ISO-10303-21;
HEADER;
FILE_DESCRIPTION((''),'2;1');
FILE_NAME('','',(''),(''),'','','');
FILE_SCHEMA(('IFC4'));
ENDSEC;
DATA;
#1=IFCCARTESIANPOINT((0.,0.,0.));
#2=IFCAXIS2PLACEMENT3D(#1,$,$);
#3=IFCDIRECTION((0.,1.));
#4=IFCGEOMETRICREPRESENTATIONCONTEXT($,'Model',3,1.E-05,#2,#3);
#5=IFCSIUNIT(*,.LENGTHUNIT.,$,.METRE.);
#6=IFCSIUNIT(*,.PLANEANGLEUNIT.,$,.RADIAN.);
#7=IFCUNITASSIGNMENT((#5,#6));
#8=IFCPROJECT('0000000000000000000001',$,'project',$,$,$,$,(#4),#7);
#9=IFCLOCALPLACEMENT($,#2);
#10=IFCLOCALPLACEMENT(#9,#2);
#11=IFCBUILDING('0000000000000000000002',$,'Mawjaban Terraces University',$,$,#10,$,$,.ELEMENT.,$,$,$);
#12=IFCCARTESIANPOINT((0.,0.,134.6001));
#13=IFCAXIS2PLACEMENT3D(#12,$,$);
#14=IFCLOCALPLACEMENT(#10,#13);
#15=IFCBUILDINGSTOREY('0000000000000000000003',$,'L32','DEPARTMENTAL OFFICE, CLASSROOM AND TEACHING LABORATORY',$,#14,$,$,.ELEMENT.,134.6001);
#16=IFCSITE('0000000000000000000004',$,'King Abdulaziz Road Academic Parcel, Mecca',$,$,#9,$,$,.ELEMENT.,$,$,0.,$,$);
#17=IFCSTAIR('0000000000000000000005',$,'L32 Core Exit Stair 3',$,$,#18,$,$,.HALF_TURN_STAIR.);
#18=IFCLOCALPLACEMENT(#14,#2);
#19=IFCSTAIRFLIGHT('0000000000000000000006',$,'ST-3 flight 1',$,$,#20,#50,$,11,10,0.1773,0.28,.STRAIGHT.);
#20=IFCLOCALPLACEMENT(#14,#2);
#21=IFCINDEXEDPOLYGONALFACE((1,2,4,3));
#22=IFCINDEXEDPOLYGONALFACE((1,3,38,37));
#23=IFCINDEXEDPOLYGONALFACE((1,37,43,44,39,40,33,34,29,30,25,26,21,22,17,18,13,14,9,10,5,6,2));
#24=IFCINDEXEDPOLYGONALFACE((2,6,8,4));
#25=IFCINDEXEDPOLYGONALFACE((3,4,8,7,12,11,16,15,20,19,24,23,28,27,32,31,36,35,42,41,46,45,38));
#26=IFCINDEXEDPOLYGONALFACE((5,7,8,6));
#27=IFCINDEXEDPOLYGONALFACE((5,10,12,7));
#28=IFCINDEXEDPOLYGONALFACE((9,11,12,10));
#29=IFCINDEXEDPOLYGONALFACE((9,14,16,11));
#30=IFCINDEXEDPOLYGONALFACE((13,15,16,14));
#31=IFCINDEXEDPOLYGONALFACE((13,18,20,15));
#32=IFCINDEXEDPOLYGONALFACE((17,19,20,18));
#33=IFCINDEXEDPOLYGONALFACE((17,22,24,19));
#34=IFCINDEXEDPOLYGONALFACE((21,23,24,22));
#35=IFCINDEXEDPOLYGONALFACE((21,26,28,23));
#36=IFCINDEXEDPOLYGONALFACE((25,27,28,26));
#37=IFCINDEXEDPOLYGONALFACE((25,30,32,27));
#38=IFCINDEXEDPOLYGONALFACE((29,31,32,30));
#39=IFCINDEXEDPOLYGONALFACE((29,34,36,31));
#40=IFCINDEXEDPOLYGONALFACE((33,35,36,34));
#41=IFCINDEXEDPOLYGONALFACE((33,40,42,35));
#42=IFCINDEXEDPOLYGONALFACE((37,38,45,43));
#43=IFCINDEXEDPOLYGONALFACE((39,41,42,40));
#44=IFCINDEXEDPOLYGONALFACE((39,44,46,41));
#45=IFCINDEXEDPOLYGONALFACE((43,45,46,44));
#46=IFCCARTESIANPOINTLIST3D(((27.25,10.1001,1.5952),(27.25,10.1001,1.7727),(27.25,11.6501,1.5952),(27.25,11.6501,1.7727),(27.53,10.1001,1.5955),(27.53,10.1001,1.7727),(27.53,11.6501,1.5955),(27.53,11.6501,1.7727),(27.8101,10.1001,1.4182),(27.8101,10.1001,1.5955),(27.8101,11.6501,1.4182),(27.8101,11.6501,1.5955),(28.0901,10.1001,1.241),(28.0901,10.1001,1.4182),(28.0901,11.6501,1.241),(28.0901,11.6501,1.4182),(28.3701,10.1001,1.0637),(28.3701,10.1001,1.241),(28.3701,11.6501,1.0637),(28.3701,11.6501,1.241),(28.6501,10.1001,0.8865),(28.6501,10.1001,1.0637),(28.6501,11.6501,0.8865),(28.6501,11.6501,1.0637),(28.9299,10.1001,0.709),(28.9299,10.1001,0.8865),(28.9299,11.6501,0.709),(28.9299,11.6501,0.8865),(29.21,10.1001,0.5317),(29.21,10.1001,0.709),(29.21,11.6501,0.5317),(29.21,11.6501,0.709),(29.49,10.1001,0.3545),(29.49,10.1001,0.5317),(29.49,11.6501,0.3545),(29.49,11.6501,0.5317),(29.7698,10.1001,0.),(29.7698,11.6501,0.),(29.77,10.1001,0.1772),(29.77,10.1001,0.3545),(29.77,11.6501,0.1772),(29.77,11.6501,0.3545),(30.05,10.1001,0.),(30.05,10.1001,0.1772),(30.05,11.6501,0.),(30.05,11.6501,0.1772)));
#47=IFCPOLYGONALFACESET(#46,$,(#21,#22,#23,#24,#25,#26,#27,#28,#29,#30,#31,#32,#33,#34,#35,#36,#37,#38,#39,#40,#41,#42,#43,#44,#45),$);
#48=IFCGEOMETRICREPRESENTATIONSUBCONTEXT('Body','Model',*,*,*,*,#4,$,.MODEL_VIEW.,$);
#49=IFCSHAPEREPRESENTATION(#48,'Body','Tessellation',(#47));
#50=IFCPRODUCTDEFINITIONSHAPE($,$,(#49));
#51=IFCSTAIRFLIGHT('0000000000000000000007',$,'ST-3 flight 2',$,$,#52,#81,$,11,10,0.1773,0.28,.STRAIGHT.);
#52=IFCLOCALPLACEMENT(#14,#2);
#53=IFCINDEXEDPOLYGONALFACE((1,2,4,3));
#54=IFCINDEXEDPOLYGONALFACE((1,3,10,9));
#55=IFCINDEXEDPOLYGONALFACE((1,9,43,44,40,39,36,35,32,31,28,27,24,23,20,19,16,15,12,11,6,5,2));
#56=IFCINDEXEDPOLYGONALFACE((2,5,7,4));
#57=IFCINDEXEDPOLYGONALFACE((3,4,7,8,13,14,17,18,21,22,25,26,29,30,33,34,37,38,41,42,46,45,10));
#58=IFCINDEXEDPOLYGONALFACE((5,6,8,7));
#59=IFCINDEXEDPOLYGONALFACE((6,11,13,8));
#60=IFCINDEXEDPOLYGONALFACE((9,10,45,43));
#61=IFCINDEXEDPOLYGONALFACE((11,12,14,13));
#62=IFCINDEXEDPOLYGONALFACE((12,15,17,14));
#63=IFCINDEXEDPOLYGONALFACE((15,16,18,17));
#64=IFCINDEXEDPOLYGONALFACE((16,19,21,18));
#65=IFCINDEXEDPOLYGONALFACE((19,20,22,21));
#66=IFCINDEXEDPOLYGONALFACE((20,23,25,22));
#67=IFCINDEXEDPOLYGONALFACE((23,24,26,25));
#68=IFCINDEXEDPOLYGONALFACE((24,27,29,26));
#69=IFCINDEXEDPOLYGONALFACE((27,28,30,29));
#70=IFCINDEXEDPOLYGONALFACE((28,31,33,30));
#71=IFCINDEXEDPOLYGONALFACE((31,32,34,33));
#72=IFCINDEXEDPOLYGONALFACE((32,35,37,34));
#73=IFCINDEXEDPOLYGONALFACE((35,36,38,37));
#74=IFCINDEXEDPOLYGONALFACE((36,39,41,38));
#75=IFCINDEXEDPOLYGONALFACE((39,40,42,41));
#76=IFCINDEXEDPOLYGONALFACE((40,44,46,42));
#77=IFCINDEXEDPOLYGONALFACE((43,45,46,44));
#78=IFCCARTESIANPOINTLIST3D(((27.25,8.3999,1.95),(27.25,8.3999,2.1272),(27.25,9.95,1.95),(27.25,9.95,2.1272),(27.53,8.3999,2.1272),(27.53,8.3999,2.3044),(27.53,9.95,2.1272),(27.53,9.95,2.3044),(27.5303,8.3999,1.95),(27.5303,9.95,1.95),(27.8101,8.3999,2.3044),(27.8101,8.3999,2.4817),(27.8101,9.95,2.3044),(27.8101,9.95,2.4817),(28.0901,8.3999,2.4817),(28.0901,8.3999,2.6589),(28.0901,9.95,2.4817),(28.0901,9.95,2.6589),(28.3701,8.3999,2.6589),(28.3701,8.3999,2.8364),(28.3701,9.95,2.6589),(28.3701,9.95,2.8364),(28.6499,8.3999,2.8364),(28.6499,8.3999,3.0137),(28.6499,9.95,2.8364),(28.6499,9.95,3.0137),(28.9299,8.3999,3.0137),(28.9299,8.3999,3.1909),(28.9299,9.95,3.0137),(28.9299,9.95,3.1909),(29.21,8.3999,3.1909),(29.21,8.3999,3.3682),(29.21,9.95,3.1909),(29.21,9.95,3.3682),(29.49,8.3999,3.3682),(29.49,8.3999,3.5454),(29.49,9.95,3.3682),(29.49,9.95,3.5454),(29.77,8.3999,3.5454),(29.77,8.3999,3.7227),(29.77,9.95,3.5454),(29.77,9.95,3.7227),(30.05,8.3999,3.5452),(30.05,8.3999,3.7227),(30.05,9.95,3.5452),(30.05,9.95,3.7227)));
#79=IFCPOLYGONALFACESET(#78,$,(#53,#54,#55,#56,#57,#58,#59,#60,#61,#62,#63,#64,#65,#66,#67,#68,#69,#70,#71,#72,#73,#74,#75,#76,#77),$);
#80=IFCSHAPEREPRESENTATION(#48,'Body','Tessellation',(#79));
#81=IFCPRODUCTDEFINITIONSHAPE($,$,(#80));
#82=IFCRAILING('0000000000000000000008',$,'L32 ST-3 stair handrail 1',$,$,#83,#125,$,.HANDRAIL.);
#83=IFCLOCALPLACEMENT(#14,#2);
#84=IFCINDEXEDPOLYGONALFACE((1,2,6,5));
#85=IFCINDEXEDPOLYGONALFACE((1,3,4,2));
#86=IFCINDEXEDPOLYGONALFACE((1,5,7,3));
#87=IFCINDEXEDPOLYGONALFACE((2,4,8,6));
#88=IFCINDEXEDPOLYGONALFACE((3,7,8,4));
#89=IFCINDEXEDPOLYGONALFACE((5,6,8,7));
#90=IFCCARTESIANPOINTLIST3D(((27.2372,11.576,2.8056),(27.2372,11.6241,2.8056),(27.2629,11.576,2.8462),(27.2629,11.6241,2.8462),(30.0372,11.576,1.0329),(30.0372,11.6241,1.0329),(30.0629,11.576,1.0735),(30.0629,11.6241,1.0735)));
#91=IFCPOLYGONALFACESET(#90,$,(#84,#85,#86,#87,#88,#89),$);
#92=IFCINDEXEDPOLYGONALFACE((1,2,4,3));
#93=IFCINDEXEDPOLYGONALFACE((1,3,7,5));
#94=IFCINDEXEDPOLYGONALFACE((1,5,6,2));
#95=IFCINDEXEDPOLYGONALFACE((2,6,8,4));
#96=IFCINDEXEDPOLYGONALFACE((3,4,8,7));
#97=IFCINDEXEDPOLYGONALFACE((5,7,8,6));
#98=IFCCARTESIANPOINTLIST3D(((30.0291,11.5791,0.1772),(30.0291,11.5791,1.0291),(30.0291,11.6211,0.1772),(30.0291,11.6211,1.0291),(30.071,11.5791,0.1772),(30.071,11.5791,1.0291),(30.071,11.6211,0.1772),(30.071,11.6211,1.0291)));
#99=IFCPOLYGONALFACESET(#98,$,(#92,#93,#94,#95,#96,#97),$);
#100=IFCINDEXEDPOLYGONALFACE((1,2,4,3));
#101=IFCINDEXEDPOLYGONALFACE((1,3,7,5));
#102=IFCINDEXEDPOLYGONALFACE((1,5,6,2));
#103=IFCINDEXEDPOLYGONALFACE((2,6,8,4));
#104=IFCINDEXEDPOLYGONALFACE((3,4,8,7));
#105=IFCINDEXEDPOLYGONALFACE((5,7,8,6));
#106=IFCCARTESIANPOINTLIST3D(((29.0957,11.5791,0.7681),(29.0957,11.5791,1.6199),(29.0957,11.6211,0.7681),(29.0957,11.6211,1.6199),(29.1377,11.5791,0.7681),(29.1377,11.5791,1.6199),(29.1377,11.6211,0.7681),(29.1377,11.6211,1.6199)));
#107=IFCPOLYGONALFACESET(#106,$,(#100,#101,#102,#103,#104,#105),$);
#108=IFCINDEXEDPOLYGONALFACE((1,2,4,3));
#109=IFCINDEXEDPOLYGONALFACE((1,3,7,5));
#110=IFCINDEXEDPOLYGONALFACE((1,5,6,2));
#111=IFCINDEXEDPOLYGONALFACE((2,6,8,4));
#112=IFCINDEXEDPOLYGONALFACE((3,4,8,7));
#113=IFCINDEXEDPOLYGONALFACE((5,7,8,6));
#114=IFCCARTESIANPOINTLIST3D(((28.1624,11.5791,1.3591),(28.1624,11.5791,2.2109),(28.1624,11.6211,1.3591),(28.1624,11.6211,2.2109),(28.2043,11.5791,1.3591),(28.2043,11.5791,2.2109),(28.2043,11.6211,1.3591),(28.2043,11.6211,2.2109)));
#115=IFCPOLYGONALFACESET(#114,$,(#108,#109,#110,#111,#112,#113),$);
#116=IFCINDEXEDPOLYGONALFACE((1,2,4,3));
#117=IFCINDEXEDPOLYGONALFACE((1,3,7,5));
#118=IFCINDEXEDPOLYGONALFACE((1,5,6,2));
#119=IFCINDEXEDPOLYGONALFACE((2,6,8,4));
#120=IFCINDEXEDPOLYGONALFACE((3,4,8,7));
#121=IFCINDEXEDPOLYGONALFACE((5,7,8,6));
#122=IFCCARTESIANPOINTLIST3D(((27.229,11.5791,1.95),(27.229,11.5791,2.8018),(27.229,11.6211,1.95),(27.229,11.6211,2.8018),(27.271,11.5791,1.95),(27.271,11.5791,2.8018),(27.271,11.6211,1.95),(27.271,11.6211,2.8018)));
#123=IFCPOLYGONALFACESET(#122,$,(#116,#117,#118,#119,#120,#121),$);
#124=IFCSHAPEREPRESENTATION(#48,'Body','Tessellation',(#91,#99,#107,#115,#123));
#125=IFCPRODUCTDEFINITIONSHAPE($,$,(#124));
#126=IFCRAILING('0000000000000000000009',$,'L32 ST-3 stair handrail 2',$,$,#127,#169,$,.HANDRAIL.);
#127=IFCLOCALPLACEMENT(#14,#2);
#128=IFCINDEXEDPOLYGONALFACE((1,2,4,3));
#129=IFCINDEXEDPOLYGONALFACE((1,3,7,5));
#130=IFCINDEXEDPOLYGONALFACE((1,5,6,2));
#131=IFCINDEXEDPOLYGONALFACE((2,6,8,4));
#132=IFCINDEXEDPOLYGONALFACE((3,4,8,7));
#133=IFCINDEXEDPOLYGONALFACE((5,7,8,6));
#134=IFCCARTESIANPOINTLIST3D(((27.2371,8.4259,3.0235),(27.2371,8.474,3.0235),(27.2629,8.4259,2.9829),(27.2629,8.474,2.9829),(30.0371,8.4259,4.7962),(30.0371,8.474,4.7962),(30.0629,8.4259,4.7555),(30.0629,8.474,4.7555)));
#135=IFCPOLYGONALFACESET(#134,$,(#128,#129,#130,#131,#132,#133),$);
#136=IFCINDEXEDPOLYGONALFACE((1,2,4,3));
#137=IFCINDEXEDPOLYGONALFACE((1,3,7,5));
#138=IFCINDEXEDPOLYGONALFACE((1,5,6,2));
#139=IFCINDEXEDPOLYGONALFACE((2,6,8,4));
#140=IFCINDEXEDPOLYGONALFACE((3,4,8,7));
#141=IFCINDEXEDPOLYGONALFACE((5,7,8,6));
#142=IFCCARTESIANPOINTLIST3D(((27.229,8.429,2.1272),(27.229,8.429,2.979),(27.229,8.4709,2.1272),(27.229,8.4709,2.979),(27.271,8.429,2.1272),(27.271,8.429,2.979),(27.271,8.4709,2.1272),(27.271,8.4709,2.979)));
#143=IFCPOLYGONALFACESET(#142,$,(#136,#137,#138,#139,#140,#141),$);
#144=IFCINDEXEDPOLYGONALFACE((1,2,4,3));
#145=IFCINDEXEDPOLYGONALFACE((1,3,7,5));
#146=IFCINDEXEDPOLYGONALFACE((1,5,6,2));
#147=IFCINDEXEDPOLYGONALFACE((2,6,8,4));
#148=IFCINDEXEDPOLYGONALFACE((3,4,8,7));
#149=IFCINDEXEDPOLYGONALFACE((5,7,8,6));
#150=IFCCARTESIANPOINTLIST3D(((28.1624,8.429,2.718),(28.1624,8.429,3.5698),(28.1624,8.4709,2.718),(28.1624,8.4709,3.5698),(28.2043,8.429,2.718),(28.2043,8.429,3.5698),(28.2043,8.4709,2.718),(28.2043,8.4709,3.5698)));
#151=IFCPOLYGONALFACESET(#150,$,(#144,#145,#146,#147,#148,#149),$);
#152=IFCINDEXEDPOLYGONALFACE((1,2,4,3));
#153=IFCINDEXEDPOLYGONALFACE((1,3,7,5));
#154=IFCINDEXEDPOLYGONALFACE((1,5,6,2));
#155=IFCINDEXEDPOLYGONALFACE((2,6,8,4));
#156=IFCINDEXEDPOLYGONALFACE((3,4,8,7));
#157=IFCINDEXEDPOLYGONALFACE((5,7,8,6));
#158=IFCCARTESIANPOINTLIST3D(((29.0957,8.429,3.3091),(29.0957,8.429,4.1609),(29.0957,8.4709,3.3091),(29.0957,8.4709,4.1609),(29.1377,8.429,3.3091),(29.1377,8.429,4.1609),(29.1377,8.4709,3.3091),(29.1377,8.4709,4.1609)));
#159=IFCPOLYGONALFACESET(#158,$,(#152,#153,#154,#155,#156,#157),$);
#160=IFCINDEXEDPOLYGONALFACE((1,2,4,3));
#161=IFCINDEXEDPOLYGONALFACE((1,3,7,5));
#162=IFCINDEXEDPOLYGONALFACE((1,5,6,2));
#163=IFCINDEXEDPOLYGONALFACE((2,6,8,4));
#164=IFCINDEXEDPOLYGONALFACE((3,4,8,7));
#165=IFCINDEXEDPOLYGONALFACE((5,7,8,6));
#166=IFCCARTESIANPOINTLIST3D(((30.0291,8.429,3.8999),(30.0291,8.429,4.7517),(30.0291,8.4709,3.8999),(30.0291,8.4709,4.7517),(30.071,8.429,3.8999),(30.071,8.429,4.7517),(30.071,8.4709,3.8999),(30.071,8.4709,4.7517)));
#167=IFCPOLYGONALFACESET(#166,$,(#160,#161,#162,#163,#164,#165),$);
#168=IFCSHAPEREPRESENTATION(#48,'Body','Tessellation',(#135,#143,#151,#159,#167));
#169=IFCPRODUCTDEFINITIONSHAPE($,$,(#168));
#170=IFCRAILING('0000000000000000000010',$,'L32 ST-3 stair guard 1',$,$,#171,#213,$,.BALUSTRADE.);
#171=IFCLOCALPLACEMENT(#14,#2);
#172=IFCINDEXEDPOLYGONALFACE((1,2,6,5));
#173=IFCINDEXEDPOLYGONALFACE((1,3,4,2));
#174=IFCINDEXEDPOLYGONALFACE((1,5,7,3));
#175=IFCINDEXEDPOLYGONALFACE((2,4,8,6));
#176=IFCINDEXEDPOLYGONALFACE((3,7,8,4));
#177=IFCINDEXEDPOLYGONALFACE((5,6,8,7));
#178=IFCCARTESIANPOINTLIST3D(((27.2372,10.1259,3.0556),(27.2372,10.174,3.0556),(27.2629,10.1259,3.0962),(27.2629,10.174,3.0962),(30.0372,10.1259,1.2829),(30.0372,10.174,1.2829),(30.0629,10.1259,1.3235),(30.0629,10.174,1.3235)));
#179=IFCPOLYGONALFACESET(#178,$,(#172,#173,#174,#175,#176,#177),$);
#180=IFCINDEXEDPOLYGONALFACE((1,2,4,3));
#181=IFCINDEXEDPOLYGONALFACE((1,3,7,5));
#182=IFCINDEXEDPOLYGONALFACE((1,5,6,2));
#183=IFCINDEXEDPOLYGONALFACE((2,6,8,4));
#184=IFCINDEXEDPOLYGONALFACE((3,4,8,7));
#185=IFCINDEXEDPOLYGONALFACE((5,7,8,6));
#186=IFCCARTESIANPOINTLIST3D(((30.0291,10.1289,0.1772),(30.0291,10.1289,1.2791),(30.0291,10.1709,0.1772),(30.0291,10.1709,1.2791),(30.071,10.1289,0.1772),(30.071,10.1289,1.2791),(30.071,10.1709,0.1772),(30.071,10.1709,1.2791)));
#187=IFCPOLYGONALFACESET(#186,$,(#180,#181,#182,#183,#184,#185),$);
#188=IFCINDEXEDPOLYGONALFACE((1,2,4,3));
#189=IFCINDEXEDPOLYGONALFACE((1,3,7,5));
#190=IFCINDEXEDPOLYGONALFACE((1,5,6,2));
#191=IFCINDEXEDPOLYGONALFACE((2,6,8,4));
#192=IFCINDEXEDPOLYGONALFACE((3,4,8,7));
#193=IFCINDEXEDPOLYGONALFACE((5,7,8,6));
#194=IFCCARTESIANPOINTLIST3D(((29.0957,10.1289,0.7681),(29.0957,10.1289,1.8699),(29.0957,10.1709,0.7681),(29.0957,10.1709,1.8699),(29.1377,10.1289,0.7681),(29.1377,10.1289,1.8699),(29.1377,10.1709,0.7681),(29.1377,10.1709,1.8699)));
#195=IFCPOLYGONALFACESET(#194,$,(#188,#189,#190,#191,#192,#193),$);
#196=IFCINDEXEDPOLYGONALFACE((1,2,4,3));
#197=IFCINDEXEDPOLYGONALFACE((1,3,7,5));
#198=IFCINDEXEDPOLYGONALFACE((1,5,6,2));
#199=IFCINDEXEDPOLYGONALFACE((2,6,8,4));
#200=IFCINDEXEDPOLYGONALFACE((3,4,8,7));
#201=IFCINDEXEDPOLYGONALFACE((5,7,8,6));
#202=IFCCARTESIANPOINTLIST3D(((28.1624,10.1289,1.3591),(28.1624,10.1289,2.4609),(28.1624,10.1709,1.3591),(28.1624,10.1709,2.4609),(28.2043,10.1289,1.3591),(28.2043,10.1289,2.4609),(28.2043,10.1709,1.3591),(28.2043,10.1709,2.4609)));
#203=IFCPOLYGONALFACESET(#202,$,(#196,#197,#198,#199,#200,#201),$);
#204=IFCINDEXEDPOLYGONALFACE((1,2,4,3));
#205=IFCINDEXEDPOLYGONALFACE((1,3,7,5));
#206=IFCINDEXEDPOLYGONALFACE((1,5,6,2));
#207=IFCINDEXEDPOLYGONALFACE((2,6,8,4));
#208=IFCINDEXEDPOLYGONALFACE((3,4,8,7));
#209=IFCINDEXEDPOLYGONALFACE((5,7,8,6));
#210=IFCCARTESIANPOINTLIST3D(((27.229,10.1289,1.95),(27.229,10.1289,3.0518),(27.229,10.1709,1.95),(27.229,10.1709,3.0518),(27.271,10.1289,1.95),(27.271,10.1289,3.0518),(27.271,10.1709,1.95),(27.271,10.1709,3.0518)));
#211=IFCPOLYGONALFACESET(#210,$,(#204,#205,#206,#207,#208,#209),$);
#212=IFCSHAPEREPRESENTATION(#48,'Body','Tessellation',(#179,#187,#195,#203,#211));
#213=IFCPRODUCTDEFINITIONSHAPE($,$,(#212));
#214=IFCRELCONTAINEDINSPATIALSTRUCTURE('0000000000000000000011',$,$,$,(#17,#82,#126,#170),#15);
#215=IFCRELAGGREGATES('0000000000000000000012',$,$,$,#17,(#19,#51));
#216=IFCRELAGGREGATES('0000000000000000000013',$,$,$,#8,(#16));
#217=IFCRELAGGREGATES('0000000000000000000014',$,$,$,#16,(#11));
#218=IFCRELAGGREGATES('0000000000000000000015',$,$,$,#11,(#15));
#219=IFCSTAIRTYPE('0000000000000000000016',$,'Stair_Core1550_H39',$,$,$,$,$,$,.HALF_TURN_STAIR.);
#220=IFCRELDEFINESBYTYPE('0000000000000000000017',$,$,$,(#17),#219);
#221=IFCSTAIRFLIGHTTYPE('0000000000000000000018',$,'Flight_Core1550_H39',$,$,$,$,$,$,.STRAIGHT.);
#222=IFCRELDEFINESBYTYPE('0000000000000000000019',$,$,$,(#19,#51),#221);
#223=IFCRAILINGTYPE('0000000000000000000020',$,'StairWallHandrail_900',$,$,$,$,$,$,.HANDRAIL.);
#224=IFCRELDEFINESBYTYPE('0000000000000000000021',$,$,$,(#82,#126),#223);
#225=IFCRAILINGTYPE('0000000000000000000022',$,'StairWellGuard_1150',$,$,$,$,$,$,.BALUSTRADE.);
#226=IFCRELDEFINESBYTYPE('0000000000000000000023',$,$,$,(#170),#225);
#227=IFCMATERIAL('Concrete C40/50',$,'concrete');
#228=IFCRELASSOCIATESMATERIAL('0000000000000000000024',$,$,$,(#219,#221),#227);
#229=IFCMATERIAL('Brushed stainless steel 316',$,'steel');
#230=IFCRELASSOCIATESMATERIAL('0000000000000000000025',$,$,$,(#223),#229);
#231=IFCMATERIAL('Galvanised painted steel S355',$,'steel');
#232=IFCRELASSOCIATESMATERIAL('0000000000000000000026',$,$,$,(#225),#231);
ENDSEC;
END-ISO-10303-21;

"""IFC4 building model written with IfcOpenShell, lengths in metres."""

from ifc_helpers import new_model, si_unit, direction, frame, origin, origin_2d, place, context, subcontext, project, spatial, polyline, rectangle, outline, extrude, material, type_object, element, aggregate, save


model = new_model("IFC4")

# Units and contexts
model_context = context("Model", 3, precision=1e-05, world=origin(), true_north=direction((0.0, 1.0)))
body_context = subcontext(model_context, "Body", "Model", "MODEL_VIEW")
ifc_project = project(units=[si_unit("LENGTHUNIT", "METRE"), si_unit("PLANEANGLEUNIT", "RADIAN")], contexts=[model_context])

# Site, building, storey
site_placement = place(None, origin())
site = spatial("IfcSite", under=ifc_project, at=site_placement, Name="King Abdulaziz Road Academic Parcel, Mecca", CompositionType="ELEMENT", RefElevation=0.0)
building_placement = place(site_placement, origin())
building = spatial("IfcBuilding", under=site, at=building_placement, Name="Mawjaban Terraces University", CompositionType="ELEMENT")
storey_placement = place(building_placement, frame((0.0, 0.0, 134.6001)))
storey = spatial("IfcBuildingStorey", under=building, at=storey_placement, Name="L32", Description="DEPARTMENTAL OFFICE, CLASSROOM AND TEACHING LABORATORY", CompositionType="ELEMENT", Elevation=134.6001)

# Shared definitions
ifc_material_1 = material(Name="Concrete C40/50", Category="concrete")

# Stair, stair flights
stair_type = type_object("IfcStairType", Name="Stair_Core1550_H39", PredefinedType="HALF_TURN_STAIR", material=ifc_material_1)
stair_placement = place(storey_placement, origin())
stair = element("IfcStair", 1, at=stair_placement, inside=storey, type_object=stair_type, Name="L32 Core Exit Stair 3", PredefinedType="HALF_TURN_STAIR")
stair_flight_type = type_object("IfcStairFlightType", Name="Flight_Core1550_H39", PredefinedType="STRAIGHT", material=ifc_material_1)
stair_flight_1_placement = place(storey_placement, frame((30.05, 10.875, 0.0), z_axis=(0.0, 0.0, 1.0), x_axis=(-1.0, 0.0, 0.0)))
stair_flight_1 = element("IfcStairFlight", 2, at=stair_flight_1_placement, type_object=stair_flight_type, Name="ST-3 flight 1", NumberOfRisers=11, NumberOfTreads=10, PredefinedType="STRAIGHT", RiserHeight=0.1773, TreadLength=0.28, context=body_context, shape_type="SweptSolid", body=[
    extrude(outline(polyline([(0.0, 0.0), (0.0, 0.1772), (0.28, 0.1772), (0.28, 0.3545), (0.5601, 0.3545), (0.5601, 0.5317), (0.8401, 0.5317), (0.8401, 0.709), (1.1201, 0.709), (1.1201, 0.8865), (1.3999, 0.8865), (1.3999, 1.0637), (1.6799, 1.0637), (1.6799, 1.241), (1.96, 1.241), (1.96, 1.4182), (2.24, 1.4182), (2.24, 1.5955), (2.52, 1.5955), (2.52, 1.7727), (2.8, 1.7727), (2.8, 1.95), (2.8, 1.5952), (0.2803, 0.0), (0.0, 0.0)])), frame((0.0, 0.7749, 0.0), z_axis=(0.0, -1.0, 0.0), x_axis=(1.0, 0.0, 0.0)), (0.0, 0.0, 1.0), 1.55),
])
stair_flight_2_placement = place(storey_placement, frame((27.25, 9.175, 1.95), z_axis=(0.0, 0.0, 1.0), x_axis=(1.0, 0.0, 0.0)))
stair_flight_2 = element("IfcStairFlight", 3, at=stair_flight_2_placement, type_object=stair_flight_type, Name="ST-3 flight 2", NumberOfRisers=11, NumberOfTreads=10, PredefinedType="STRAIGHT", RiserHeight=0.1773, TreadLength=0.28, context=body_context, shape_type="SweptSolid", body=[
    extrude(outline(polyline([(0.0, 0.0), (0.0, 0.1772), (0.28, 0.1772), (0.28, 0.3545), (0.5601, 0.3545), (0.5601, 0.5317), (0.8401, 0.5317), (0.8401, 0.709), (1.1201, 0.709), (1.1201, 0.8865), (1.3999, 0.8865), (1.3999, 1.0637), (1.6799, 1.0637), (1.6799, 1.241), (1.96, 1.241), (1.96, 1.4182), (2.24, 1.4182), (2.24, 1.5955), (2.52, 1.5955), (2.52, 1.7727), (2.8, 1.7727), (2.8, 1.95), (2.8, 1.5952), (0.2803, 0.0), (0.0, 0.0)])), frame((0.0, 0.7749, 0.0), z_axis=(0.0, -1.0, 0.0), x_axis=(1.0, 0.0, 0.0)), (0.0, 0.0, 1.0), 1.55),
])
aggregate(stair, [stair_flight_1, stair_flight_2])

# Railings
ifc_material_2 = material(Name="Brushed stainless steel 316", Category="steel")
railing_type_1 = type_object("IfcRailingType", Name="StairWallHandrail_900", PredefinedType="HANDRAIL", material=ifc_material_2)
railing_1_placement = place(storey_placement, frame((30.05, 11.6001, 0.1772)))
element("IfcRailing", 4, at=railing_1_placement, inside=storey, type_object=railing_type_1, Name="L32 ST-3 stair handrail 1", PredefinedType="HANDRAIL", context=body_context, shape_type="SweptSolid", body=[
    extrude(rectangle(XDim=0.0481, YDim=0.0481, at=origin_2d()), frame((0.0, 0.0, 0.876), z_axis=(-0.844909, 0.0, 0.53491), x_axis=(0.0, -1.0, 0.0)), (0.0, 0.0, 1.0), 3.314),
    extrude(rectangle(XDim=0.042, YDim=0.042, at=origin_2d()), origin(), (0.0, 0.0, 1.0), 0.8518),
    extrude(rectangle(XDim=0.042, YDim=0.042, at=origin_2d()), frame((-0.9333, 0.0, 0.5908)), (0.0, 0.0, 1.0), 0.8518),
    extrude(rectangle(XDim=0.042, YDim=0.042, at=origin_2d()), frame((-1.8667, 0.0, 1.1819)), (0.0, 0.0, 1.0), 0.8518),
    extrude(rectangle(XDim=0.042, YDim=0.042, at=origin_2d()), frame((-2.8, 0.0, 1.7727)), (0.0, 0.0, 1.0), 0.8518),
])
railing_2_placement = place(storey_placement, frame((27.25, 8.45, 2.1272)))
element("IfcRailing", 5, at=railing_2_placement, inside=storey, type_object=railing_type_1, Name="L32 ST-3 stair handrail 2", PredefinedType="HANDRAIL", context=body_context, shape_type="SweptSolid", body=[
    extrude(rectangle(XDim=0.0481, YDim=0.0481, at=origin_2d()), frame((0.0, 0.0, 0.876), z_axis=(0.844909, 0.0, 0.53491), x_axis=(0.0, 1.0, 0.0)), (0.0, 0.0, 1.0), 3.314),
    extrude(rectangle(XDim=0.042, YDim=0.042, at=origin_2d()), origin(), (0.0, 0.0, 1.0), 0.8518),
    extrude(rectangle(XDim=0.042, YDim=0.042, at=origin_2d()), frame((0.9333, 0.0, 0.5908)), (0.0, 0.0, 1.0), 0.8518),
    extrude(rectangle(XDim=0.042, YDim=0.042, at=origin_2d()), frame((1.8667, 0.0, 1.1819)), (0.0, 0.0, 1.0), 0.8518),
    extrude(rectangle(XDim=0.042, YDim=0.042, at=origin_2d()), frame((2.8, 0.0, 1.7727)), (0.0, 0.0, 1.0), 0.8518),
])
ifc_material_3 = material(Name="Galvanised painted steel S355", Category="steel")
railing_type_2 = type_object("IfcRailingType", Name="StairWellGuard_1150", PredefinedType="BALUSTRADE", material=ifc_material_3)
railing_3_placement = place(storey_placement, frame((30.05, 10.1499, 0.1772)))
element("IfcRailing", 6, at=railing_3_placement, inside=storey, type_object=railing_type_2, Name="L32 ST-3 stair guard 1", PredefinedType="BALUSTRADE", context=body_context, shape_type="SweptSolid", body=[
    extrude(rectangle(XDim=0.0481, YDim=0.0481, at=origin_2d()), frame((0.0, 0.0, 1.126), z_axis=(-0.844909, 0.0, 0.53491), x_axis=(0.0, -1.0, 0.0)), (0.0, 0.0, 1.0), 3.314),
    extrude(rectangle(XDim=0.042, YDim=0.042, at=origin_2d()), origin(), (0.0, 0.0, 1.0), 1.1018),
    extrude(rectangle(XDim=0.042, YDim=0.042, at=origin_2d()), frame((-0.9333, 0.0, 0.5908)), (0.0, 0.0, 1.0), 1.1018),
    extrude(rectangle(XDim=0.042, YDim=0.042, at=origin_2d()), frame((-1.8667, 0.0, 1.1819)), (0.0, 0.0, 1.0), 1.1018),
    extrude(rectangle(XDim=0.042, YDim=0.042, at=origin_2d()), frame((-2.8, 0.0, 1.7727)), (0.0, 0.0, 1.0), 1.1018),
])

save(model, "model.ifc")
